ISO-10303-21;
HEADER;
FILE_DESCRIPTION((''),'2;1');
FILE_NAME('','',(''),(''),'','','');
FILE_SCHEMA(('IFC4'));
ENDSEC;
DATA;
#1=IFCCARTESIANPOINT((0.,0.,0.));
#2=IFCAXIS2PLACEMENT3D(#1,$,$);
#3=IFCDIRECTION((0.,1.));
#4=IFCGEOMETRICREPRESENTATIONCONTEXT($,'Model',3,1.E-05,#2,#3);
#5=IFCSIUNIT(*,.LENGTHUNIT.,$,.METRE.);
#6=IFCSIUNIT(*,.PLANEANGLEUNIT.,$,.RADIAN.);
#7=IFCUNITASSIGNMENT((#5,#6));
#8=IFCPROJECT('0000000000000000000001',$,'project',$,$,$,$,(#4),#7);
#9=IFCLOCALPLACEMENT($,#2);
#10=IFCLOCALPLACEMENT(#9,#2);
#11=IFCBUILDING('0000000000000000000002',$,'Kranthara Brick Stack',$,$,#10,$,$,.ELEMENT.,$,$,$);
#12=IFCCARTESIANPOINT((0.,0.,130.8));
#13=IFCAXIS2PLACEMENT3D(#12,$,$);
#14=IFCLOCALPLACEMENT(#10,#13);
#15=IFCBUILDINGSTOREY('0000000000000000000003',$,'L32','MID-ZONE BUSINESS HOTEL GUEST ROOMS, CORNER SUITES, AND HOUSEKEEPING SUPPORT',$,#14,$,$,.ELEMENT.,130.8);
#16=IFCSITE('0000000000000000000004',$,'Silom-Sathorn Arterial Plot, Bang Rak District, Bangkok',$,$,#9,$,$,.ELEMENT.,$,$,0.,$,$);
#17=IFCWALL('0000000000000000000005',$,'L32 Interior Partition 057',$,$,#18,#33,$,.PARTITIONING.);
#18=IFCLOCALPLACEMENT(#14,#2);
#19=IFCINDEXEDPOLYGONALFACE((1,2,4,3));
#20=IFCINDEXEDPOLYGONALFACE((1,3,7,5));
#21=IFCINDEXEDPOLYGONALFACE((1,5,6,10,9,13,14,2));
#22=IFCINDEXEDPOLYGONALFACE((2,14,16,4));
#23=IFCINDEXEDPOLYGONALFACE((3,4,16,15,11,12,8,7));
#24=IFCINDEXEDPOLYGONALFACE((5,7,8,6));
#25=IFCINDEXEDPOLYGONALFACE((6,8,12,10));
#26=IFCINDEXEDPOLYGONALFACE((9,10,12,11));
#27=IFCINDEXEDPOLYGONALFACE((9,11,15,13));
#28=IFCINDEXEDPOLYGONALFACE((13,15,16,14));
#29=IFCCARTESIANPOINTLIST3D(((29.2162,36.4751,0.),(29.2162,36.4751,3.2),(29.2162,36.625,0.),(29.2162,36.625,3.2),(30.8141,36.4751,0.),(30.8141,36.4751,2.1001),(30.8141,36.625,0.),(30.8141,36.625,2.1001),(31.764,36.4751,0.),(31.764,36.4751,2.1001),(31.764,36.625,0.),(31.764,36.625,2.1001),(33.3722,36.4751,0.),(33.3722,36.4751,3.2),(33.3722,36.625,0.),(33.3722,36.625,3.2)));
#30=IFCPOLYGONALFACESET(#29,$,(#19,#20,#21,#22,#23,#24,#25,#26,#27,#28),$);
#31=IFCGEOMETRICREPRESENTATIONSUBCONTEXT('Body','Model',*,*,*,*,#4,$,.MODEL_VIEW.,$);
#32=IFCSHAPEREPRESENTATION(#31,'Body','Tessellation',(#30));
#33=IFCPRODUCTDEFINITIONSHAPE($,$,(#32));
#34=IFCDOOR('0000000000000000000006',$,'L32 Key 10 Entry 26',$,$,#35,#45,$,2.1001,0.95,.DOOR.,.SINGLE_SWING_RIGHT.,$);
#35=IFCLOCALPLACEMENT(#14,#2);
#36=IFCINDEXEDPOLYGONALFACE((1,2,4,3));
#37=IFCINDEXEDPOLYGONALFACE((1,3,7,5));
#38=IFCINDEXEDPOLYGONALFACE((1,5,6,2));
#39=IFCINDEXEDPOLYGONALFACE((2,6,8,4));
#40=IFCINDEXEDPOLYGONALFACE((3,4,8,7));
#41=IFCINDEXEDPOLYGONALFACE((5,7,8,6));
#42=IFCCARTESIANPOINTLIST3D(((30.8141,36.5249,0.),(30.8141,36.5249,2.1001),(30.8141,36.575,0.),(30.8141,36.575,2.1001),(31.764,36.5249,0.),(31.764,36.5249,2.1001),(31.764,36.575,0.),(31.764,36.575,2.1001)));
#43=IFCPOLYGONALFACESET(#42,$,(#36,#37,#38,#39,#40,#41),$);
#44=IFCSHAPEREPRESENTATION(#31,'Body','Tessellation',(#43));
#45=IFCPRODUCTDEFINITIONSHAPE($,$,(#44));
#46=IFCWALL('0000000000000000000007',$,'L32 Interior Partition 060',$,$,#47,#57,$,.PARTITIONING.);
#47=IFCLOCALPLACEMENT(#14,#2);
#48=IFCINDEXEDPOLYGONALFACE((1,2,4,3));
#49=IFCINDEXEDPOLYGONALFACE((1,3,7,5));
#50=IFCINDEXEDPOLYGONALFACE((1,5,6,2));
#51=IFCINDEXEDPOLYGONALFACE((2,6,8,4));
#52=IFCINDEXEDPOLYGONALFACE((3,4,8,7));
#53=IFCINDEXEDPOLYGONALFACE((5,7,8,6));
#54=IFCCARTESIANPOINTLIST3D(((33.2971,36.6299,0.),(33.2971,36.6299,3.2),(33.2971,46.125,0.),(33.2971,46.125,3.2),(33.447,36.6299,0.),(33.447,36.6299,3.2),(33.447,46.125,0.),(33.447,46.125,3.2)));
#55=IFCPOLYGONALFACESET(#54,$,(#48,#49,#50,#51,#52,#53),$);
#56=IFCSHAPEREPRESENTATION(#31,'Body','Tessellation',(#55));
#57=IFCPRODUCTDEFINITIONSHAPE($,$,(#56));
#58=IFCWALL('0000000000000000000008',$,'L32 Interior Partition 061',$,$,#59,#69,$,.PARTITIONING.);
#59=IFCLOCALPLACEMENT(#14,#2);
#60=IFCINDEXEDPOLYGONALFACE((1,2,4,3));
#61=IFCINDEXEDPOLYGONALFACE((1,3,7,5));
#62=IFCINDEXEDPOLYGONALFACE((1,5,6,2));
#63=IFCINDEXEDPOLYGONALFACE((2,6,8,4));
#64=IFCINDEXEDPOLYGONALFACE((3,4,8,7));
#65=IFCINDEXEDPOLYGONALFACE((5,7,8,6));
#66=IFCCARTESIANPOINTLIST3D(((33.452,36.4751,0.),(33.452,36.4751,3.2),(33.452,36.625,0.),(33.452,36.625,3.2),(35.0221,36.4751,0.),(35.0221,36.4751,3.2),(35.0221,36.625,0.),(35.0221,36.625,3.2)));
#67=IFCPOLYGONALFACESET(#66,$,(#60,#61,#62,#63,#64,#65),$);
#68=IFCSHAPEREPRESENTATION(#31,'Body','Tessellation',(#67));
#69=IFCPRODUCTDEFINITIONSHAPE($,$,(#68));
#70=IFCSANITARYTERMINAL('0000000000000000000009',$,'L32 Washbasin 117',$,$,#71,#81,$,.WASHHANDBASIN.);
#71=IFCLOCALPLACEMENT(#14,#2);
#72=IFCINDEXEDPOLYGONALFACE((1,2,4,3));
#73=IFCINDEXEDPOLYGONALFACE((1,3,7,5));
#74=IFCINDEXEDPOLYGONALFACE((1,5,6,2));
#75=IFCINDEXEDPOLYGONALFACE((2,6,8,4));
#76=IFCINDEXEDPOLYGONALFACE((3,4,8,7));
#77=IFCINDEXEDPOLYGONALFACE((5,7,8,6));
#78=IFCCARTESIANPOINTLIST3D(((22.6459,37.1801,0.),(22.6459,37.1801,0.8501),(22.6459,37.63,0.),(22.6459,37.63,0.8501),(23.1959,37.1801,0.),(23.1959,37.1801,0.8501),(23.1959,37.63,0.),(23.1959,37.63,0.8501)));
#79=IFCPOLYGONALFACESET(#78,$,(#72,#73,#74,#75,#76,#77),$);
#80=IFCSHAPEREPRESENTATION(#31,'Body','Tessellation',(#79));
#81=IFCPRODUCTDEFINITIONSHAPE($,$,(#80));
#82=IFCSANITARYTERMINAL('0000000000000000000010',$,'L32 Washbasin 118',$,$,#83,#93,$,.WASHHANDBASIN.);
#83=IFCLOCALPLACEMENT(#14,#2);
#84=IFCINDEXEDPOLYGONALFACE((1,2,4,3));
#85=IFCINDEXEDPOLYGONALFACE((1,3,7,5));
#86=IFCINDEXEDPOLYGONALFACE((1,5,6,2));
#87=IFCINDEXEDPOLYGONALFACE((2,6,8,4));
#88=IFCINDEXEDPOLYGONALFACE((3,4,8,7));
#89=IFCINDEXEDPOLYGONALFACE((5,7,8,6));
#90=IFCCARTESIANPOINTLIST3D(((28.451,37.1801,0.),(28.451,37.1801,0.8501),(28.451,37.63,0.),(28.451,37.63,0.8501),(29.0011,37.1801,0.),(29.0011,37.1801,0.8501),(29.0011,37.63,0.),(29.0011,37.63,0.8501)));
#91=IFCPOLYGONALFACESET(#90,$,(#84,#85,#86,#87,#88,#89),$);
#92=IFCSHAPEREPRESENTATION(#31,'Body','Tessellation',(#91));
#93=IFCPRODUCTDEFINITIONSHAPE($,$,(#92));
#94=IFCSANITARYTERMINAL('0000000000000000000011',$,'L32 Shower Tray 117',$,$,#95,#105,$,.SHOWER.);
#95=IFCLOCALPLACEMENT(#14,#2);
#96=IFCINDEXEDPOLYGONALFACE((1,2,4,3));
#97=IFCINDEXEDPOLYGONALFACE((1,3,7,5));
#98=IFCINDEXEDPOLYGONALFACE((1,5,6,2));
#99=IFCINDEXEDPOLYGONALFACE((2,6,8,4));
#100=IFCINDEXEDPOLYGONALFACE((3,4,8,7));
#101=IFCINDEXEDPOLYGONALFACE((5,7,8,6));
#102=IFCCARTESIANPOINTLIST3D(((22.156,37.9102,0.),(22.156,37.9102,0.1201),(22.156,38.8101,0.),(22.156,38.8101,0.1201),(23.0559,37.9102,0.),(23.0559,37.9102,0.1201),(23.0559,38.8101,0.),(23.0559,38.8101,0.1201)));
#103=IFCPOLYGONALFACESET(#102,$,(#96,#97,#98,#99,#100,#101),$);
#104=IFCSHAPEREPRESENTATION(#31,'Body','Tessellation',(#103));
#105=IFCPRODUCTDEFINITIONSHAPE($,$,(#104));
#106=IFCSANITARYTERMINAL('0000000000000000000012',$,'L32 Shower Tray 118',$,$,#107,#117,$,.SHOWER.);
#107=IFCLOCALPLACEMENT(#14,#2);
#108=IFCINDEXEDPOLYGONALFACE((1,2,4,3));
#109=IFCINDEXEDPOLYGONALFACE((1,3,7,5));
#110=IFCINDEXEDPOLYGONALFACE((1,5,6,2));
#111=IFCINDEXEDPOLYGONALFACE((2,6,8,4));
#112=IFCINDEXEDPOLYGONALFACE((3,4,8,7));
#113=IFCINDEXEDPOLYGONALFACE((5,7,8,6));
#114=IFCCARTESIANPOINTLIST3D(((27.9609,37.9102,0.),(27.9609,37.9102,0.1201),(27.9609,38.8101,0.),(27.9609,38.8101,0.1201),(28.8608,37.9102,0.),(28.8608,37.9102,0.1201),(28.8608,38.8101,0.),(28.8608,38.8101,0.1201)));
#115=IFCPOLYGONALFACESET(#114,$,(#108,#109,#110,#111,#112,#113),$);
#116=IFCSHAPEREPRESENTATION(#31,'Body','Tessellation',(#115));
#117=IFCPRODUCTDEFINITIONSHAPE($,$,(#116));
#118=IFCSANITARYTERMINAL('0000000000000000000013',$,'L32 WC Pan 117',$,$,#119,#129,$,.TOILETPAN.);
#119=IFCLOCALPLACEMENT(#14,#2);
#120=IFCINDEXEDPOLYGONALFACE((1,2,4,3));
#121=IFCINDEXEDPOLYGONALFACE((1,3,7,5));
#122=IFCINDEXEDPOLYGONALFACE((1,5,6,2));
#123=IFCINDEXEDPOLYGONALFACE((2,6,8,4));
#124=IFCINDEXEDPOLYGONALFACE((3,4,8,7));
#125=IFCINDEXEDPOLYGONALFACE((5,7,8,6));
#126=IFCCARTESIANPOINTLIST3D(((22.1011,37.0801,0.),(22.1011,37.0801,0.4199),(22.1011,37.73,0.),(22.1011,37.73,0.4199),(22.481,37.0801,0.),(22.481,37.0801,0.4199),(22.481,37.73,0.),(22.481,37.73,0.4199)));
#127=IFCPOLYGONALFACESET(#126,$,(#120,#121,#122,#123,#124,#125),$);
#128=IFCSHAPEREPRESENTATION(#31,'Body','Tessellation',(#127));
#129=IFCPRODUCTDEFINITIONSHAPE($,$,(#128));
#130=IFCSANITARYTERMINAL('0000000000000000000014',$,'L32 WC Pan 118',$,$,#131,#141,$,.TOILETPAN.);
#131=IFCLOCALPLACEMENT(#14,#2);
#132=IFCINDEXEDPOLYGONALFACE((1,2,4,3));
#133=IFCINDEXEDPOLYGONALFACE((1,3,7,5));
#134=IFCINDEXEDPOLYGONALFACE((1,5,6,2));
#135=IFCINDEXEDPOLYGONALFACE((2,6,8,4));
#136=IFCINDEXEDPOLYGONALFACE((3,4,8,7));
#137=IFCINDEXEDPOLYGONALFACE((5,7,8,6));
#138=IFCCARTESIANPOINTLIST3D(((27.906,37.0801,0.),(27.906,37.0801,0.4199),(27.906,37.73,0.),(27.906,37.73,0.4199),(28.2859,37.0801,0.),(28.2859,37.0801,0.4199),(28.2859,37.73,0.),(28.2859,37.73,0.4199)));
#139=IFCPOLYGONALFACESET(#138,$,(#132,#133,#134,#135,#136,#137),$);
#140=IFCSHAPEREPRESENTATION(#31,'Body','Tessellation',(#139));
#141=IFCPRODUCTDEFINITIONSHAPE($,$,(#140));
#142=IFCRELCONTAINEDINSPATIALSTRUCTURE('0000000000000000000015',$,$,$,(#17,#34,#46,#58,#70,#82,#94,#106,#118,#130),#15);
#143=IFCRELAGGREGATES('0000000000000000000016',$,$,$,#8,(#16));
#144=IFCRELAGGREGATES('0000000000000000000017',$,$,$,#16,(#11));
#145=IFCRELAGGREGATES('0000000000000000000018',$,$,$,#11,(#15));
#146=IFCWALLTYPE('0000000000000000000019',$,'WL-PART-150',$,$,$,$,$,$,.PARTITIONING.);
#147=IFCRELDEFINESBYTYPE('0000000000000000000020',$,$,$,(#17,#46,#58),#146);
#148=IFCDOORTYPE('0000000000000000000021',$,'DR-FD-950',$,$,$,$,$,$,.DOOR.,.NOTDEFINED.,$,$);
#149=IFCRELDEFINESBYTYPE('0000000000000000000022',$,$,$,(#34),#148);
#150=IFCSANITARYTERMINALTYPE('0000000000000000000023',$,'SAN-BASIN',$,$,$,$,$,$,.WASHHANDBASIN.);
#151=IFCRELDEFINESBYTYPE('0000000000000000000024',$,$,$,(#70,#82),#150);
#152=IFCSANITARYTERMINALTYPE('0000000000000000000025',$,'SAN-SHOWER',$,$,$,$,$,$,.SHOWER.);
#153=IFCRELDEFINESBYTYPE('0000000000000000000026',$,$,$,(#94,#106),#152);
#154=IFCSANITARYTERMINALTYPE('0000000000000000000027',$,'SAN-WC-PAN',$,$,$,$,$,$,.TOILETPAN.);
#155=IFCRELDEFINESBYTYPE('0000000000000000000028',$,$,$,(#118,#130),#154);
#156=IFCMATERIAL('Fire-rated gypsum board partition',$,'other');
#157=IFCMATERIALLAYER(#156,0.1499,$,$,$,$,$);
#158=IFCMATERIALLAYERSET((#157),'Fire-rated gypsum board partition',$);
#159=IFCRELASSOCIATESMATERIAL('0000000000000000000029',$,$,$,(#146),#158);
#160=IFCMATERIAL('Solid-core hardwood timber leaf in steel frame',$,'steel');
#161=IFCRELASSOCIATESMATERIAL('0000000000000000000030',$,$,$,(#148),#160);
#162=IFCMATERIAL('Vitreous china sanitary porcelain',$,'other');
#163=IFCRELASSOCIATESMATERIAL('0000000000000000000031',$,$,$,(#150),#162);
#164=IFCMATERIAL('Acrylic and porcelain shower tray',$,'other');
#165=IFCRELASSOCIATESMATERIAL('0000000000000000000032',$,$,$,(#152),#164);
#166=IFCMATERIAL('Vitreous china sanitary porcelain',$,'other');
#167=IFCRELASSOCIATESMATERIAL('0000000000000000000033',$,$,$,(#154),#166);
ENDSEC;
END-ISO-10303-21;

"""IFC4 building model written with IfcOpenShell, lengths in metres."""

from ifc_helpers import new_model, si_unit, direction, frame, frame_2d, origin, origin_2d, place, context, subcontext, project, spatial, rectangle, extrude, material, layer, layer_set, type_object, element, fill, save


model = new_model("IFC4")

# Units and contexts
model_context = context("Model", 3, precision=1e-05, world=origin(), true_north=direction((0.0, 1.0)))
body_context = subcontext(model_context, "Body", "Model", "MODEL_VIEW")
ifc_project = project(units=[si_unit("LENGTHUNIT", "METRE"), si_unit("PLANEANGLEUNIT", "RADIAN")], contexts=[model_context])

# Site, building, storey
site_placement = place(None, origin())
site = spatial("IfcSite", under=ifc_project, at=site_placement, Name="Silom-Sathorn Arterial Plot, Bang Rak District, Bangkok", CompositionType="ELEMENT", RefElevation=0.0)
building_placement = place(site_placement, origin())
building = spatial("IfcBuilding", under=site, at=building_placement, Name="Kranthara Brick Stack", CompositionType="ELEMENT")
storey_placement = place(building_placement, frame((0.0, 0.0, 130.8)))
storey = spatial("IfcBuildingStorey", under=building, at=storey_placement, Name="L32", Description="MID-ZONE BUSINESS HOTEL GUEST ROOMS, CORNER SUITES, AND HOUSEKEEPING SUPPORT", CompositionType="ELEMENT", Elevation=130.8)

# Shared definitions
ifc_material_1 = material(Name="Fire-rated gypsum board partition", Category="other")
ifc_layer_1 = layer(ifc_material_1, 0.1499)
ifc_layer_set_1 = layer_set([ifc_layer_1], Name="Fire-rated gypsum board partition")
wall_type_1 = type_object("IfcWallType", Name="WL-PART-150", PredefinedType="PARTITIONING", material=ifc_layer_set_1)

# Wall, opening, door
wall_1_placement = place(storey_placement, frame((29.2161, 36.55, 0.0), z_axis=(0.0, 0.0, 1.0), x_axis=(1.0, 0.0, 0.0)))
wall_1 = element("IfcWall", 1, at=wall_1_placement, inside=storey, type_object=wall_type_1, Name="L32 Interior Partition 057", PredefinedType="PARTITIONING", context=body_context, shape_type="SweptSolid", body=[
    extrude(rectangle(XDim=4.156, YDim=0.1499, at=frame_2d((2.0781, 0.0))), origin(), (0.0, 0.0, 1.0), 3.2),
])
opening_1_placement = place(wall_1_placement, frame((1.5979, 0.0, 0.0)))
opening_1 = element("IfcOpeningElement", 2, at=opening_1_placement, cuts=wall_1, PredefinedType="OPENING", context=body_context, shape_type="SweptSolid", body=[
    extrude(rectangle(XDim=0.95, YDim=2.1001, at=frame_2d((0.4751, 1.05))), frame((0.0, 0.085, 0.0), z_axis=(0.0, -1.0, 0.0), x_axis=(1.0, 0.0, 0.0)), (0.0, 0.0, 1.0), 0.1699),
])
ifc_material_2 = material(Name="Solid-core hardwood timber leaf in steel frame", Category="steel")
door_type_1 = type_object("IfcDoorType", Name="DR-FD-950", OperationType="NOTDEFINED", PredefinedType="DOOR", material=ifc_material_2)
door_1_placement = place(opening_1_placement, origin())
door_1 = element("IfcDoor", 3, at=door_1_placement, inside=storey, type_object=door_type_1, Name="L32 Key 10 Entry 26", OperationType="SINGLE_SWING_RIGHT", OverallHeight=2.1001, OverallWidth=0.95, PredefinedType="DOOR", context=body_context, shape_type="SweptSolid", body=[
    extrude(rectangle(XDim=0.95, YDim=2.1001, at=frame_2d((0.4751, 1.05))), frame((0.0, 0.0249, 0.0), z_axis=(0.0, -1.0, 0.0), x_axis=(1.0, 0.0, 0.0)), (0.0, 0.0, 1.0), 0.05),
])
fill(opening_1, door_1)

# Walls
wall_2_placement = place(storey_placement, frame((33.3721, 36.6299, 0.0), z_axis=(0.0, 0.0, 1.0), x_axis=(0.0, 1.0, 0.0)))
element("IfcWall", 4, at=wall_2_placement, inside=storey, type_object=wall_type_1, Name="L32 Interior Partition 060", PredefinedType="PARTITIONING", context=body_context, shape_type="SweptSolid", body=[
    extrude(rectangle(XDim=9.4951, YDim=0.1499, at=frame_2d((4.7476, 0.0))), origin(), (0.0, 0.0, 1.0), 3.2),
])
wall_3_placement = place(storey_placement, frame((33.4519, 36.55, 0.0), z_axis=(0.0, 0.0, 1.0), x_axis=(1.0, 0.0, 0.0)))
element("IfcWall", 5, at=wall_3_placement, inside=storey, type_object=wall_type_1, Name="L32 Interior Partition 061", PredefinedType="PARTITIONING", context=body_context, shape_type="SweptSolid", body=[
    extrude(rectangle(XDim=1.5701, YDim=0.1499, at=frame_2d((0.7852, 0.0))), origin(), (0.0, 0.0, 1.0), 3.2),
])

# Sanitary terminals
ifc_material_3 = material(Name="Vitreous china sanitary porcelain", Category="other")
sanitary_terminal_type_1 = type_object("IfcSanitaryTerminalType", Name="SAN-BASIN", PredefinedType="WASHHANDBASIN", material=ifc_material_3)
for number, where, z_axis, x_axis, name in (
    (6, (22.9209, 37.405, 0.0), (0.0, 0.0, 1.0), (1.0, 0.0, 0.0), "L32 Washbasin 117"),
    (7, (28.7261, 37.405, 0.0), (0.0, 0.0, 1.0), (1.0, 0.0, 0.0), "L32 Washbasin 118"),
):
    element("IfcSanitaryTerminal", number, at=place(storey_placement, frame(where, z_axis=z_axis, x_axis=x_axis)), inside=storey, type_object=sanitary_terminal_type_1, Name=name, PredefinedType="WASHHANDBASIN", context=body_context, shape_type="SweptSolid", body=[
        extrude(rectangle(XDim=0.55, YDim=0.45, at=origin_2d()), origin(), (0.0, 0.0, 1.0), 0.8501),
    ])
ifc_material_4 = material(Name="Acrylic and porcelain shower tray", Category="other")
sanitary_terminal_type_2 = type_object("IfcSanitaryTerminalType", Name="SAN-SHOWER", PredefinedType="SHOWER", material=ifc_material_4)
for number, where, z_axis, x_axis, name in (
    (8, (22.606, 38.3601, 0.0), (0.0, 0.0, 1.0), (1.0, 0.0, 0.0), "L32 Shower Tray 117"),
    (9, (28.4109, 38.3601, 0.0), (0.0, 0.0, 1.0), (1.0, 0.0, 0.0), "L32 Shower Tray 118"),
):
    element("IfcSanitaryTerminal", number, at=place(storey_placement, frame(where, z_axis=z_axis, x_axis=x_axis)), inside=storey, type_object=sanitary_terminal_type_2, Name=name, PredefinedType="SHOWER", context=body_context, shape_type="SweptSolid", body=[
        extrude(rectangle(XDim=0.8999, YDim=0.8999, at=origin_2d()), origin(), (0.0, 0.0, 1.0), 0.1201),
    ])
ifc_material_5 = material(Name="Vitreous china sanitary porcelain", Category="other")
sanitary_terminal_type_3 = type_object("IfcSanitaryTerminalType", Name="SAN-WC-PAN", PredefinedType="TOILETPAN", material=ifc_material_5)
for number, where, z_axis, x_axis, name in (
    (10, (22.291, 37.405, 0.0), (0.0, 0.0, 1.0), (1.0, 0.0, 0.0), "L32 WC Pan 117"),
    (11, (28.0959, 37.405, 0.0), (0.0, 0.0, 1.0), (1.0, 0.0, 0.0), "L32 WC Pan 118"),
):
    element("IfcSanitaryTerminal", number, at=place(storey_placement, frame(where, z_axis=z_axis, x_axis=x_axis)), inside=storey, type_object=sanitary_terminal_type_3, Name=name, PredefinedType="TOILETPAN", context=body_context, shape_type="SweptSolid", body=[
        extrude(rectangle(XDim=0.3799, YDim=0.6499, at=origin_2d()), origin(), (0.0, 0.0, 1.0), 0.4199),
    ])

save(model, "model.ifc")
